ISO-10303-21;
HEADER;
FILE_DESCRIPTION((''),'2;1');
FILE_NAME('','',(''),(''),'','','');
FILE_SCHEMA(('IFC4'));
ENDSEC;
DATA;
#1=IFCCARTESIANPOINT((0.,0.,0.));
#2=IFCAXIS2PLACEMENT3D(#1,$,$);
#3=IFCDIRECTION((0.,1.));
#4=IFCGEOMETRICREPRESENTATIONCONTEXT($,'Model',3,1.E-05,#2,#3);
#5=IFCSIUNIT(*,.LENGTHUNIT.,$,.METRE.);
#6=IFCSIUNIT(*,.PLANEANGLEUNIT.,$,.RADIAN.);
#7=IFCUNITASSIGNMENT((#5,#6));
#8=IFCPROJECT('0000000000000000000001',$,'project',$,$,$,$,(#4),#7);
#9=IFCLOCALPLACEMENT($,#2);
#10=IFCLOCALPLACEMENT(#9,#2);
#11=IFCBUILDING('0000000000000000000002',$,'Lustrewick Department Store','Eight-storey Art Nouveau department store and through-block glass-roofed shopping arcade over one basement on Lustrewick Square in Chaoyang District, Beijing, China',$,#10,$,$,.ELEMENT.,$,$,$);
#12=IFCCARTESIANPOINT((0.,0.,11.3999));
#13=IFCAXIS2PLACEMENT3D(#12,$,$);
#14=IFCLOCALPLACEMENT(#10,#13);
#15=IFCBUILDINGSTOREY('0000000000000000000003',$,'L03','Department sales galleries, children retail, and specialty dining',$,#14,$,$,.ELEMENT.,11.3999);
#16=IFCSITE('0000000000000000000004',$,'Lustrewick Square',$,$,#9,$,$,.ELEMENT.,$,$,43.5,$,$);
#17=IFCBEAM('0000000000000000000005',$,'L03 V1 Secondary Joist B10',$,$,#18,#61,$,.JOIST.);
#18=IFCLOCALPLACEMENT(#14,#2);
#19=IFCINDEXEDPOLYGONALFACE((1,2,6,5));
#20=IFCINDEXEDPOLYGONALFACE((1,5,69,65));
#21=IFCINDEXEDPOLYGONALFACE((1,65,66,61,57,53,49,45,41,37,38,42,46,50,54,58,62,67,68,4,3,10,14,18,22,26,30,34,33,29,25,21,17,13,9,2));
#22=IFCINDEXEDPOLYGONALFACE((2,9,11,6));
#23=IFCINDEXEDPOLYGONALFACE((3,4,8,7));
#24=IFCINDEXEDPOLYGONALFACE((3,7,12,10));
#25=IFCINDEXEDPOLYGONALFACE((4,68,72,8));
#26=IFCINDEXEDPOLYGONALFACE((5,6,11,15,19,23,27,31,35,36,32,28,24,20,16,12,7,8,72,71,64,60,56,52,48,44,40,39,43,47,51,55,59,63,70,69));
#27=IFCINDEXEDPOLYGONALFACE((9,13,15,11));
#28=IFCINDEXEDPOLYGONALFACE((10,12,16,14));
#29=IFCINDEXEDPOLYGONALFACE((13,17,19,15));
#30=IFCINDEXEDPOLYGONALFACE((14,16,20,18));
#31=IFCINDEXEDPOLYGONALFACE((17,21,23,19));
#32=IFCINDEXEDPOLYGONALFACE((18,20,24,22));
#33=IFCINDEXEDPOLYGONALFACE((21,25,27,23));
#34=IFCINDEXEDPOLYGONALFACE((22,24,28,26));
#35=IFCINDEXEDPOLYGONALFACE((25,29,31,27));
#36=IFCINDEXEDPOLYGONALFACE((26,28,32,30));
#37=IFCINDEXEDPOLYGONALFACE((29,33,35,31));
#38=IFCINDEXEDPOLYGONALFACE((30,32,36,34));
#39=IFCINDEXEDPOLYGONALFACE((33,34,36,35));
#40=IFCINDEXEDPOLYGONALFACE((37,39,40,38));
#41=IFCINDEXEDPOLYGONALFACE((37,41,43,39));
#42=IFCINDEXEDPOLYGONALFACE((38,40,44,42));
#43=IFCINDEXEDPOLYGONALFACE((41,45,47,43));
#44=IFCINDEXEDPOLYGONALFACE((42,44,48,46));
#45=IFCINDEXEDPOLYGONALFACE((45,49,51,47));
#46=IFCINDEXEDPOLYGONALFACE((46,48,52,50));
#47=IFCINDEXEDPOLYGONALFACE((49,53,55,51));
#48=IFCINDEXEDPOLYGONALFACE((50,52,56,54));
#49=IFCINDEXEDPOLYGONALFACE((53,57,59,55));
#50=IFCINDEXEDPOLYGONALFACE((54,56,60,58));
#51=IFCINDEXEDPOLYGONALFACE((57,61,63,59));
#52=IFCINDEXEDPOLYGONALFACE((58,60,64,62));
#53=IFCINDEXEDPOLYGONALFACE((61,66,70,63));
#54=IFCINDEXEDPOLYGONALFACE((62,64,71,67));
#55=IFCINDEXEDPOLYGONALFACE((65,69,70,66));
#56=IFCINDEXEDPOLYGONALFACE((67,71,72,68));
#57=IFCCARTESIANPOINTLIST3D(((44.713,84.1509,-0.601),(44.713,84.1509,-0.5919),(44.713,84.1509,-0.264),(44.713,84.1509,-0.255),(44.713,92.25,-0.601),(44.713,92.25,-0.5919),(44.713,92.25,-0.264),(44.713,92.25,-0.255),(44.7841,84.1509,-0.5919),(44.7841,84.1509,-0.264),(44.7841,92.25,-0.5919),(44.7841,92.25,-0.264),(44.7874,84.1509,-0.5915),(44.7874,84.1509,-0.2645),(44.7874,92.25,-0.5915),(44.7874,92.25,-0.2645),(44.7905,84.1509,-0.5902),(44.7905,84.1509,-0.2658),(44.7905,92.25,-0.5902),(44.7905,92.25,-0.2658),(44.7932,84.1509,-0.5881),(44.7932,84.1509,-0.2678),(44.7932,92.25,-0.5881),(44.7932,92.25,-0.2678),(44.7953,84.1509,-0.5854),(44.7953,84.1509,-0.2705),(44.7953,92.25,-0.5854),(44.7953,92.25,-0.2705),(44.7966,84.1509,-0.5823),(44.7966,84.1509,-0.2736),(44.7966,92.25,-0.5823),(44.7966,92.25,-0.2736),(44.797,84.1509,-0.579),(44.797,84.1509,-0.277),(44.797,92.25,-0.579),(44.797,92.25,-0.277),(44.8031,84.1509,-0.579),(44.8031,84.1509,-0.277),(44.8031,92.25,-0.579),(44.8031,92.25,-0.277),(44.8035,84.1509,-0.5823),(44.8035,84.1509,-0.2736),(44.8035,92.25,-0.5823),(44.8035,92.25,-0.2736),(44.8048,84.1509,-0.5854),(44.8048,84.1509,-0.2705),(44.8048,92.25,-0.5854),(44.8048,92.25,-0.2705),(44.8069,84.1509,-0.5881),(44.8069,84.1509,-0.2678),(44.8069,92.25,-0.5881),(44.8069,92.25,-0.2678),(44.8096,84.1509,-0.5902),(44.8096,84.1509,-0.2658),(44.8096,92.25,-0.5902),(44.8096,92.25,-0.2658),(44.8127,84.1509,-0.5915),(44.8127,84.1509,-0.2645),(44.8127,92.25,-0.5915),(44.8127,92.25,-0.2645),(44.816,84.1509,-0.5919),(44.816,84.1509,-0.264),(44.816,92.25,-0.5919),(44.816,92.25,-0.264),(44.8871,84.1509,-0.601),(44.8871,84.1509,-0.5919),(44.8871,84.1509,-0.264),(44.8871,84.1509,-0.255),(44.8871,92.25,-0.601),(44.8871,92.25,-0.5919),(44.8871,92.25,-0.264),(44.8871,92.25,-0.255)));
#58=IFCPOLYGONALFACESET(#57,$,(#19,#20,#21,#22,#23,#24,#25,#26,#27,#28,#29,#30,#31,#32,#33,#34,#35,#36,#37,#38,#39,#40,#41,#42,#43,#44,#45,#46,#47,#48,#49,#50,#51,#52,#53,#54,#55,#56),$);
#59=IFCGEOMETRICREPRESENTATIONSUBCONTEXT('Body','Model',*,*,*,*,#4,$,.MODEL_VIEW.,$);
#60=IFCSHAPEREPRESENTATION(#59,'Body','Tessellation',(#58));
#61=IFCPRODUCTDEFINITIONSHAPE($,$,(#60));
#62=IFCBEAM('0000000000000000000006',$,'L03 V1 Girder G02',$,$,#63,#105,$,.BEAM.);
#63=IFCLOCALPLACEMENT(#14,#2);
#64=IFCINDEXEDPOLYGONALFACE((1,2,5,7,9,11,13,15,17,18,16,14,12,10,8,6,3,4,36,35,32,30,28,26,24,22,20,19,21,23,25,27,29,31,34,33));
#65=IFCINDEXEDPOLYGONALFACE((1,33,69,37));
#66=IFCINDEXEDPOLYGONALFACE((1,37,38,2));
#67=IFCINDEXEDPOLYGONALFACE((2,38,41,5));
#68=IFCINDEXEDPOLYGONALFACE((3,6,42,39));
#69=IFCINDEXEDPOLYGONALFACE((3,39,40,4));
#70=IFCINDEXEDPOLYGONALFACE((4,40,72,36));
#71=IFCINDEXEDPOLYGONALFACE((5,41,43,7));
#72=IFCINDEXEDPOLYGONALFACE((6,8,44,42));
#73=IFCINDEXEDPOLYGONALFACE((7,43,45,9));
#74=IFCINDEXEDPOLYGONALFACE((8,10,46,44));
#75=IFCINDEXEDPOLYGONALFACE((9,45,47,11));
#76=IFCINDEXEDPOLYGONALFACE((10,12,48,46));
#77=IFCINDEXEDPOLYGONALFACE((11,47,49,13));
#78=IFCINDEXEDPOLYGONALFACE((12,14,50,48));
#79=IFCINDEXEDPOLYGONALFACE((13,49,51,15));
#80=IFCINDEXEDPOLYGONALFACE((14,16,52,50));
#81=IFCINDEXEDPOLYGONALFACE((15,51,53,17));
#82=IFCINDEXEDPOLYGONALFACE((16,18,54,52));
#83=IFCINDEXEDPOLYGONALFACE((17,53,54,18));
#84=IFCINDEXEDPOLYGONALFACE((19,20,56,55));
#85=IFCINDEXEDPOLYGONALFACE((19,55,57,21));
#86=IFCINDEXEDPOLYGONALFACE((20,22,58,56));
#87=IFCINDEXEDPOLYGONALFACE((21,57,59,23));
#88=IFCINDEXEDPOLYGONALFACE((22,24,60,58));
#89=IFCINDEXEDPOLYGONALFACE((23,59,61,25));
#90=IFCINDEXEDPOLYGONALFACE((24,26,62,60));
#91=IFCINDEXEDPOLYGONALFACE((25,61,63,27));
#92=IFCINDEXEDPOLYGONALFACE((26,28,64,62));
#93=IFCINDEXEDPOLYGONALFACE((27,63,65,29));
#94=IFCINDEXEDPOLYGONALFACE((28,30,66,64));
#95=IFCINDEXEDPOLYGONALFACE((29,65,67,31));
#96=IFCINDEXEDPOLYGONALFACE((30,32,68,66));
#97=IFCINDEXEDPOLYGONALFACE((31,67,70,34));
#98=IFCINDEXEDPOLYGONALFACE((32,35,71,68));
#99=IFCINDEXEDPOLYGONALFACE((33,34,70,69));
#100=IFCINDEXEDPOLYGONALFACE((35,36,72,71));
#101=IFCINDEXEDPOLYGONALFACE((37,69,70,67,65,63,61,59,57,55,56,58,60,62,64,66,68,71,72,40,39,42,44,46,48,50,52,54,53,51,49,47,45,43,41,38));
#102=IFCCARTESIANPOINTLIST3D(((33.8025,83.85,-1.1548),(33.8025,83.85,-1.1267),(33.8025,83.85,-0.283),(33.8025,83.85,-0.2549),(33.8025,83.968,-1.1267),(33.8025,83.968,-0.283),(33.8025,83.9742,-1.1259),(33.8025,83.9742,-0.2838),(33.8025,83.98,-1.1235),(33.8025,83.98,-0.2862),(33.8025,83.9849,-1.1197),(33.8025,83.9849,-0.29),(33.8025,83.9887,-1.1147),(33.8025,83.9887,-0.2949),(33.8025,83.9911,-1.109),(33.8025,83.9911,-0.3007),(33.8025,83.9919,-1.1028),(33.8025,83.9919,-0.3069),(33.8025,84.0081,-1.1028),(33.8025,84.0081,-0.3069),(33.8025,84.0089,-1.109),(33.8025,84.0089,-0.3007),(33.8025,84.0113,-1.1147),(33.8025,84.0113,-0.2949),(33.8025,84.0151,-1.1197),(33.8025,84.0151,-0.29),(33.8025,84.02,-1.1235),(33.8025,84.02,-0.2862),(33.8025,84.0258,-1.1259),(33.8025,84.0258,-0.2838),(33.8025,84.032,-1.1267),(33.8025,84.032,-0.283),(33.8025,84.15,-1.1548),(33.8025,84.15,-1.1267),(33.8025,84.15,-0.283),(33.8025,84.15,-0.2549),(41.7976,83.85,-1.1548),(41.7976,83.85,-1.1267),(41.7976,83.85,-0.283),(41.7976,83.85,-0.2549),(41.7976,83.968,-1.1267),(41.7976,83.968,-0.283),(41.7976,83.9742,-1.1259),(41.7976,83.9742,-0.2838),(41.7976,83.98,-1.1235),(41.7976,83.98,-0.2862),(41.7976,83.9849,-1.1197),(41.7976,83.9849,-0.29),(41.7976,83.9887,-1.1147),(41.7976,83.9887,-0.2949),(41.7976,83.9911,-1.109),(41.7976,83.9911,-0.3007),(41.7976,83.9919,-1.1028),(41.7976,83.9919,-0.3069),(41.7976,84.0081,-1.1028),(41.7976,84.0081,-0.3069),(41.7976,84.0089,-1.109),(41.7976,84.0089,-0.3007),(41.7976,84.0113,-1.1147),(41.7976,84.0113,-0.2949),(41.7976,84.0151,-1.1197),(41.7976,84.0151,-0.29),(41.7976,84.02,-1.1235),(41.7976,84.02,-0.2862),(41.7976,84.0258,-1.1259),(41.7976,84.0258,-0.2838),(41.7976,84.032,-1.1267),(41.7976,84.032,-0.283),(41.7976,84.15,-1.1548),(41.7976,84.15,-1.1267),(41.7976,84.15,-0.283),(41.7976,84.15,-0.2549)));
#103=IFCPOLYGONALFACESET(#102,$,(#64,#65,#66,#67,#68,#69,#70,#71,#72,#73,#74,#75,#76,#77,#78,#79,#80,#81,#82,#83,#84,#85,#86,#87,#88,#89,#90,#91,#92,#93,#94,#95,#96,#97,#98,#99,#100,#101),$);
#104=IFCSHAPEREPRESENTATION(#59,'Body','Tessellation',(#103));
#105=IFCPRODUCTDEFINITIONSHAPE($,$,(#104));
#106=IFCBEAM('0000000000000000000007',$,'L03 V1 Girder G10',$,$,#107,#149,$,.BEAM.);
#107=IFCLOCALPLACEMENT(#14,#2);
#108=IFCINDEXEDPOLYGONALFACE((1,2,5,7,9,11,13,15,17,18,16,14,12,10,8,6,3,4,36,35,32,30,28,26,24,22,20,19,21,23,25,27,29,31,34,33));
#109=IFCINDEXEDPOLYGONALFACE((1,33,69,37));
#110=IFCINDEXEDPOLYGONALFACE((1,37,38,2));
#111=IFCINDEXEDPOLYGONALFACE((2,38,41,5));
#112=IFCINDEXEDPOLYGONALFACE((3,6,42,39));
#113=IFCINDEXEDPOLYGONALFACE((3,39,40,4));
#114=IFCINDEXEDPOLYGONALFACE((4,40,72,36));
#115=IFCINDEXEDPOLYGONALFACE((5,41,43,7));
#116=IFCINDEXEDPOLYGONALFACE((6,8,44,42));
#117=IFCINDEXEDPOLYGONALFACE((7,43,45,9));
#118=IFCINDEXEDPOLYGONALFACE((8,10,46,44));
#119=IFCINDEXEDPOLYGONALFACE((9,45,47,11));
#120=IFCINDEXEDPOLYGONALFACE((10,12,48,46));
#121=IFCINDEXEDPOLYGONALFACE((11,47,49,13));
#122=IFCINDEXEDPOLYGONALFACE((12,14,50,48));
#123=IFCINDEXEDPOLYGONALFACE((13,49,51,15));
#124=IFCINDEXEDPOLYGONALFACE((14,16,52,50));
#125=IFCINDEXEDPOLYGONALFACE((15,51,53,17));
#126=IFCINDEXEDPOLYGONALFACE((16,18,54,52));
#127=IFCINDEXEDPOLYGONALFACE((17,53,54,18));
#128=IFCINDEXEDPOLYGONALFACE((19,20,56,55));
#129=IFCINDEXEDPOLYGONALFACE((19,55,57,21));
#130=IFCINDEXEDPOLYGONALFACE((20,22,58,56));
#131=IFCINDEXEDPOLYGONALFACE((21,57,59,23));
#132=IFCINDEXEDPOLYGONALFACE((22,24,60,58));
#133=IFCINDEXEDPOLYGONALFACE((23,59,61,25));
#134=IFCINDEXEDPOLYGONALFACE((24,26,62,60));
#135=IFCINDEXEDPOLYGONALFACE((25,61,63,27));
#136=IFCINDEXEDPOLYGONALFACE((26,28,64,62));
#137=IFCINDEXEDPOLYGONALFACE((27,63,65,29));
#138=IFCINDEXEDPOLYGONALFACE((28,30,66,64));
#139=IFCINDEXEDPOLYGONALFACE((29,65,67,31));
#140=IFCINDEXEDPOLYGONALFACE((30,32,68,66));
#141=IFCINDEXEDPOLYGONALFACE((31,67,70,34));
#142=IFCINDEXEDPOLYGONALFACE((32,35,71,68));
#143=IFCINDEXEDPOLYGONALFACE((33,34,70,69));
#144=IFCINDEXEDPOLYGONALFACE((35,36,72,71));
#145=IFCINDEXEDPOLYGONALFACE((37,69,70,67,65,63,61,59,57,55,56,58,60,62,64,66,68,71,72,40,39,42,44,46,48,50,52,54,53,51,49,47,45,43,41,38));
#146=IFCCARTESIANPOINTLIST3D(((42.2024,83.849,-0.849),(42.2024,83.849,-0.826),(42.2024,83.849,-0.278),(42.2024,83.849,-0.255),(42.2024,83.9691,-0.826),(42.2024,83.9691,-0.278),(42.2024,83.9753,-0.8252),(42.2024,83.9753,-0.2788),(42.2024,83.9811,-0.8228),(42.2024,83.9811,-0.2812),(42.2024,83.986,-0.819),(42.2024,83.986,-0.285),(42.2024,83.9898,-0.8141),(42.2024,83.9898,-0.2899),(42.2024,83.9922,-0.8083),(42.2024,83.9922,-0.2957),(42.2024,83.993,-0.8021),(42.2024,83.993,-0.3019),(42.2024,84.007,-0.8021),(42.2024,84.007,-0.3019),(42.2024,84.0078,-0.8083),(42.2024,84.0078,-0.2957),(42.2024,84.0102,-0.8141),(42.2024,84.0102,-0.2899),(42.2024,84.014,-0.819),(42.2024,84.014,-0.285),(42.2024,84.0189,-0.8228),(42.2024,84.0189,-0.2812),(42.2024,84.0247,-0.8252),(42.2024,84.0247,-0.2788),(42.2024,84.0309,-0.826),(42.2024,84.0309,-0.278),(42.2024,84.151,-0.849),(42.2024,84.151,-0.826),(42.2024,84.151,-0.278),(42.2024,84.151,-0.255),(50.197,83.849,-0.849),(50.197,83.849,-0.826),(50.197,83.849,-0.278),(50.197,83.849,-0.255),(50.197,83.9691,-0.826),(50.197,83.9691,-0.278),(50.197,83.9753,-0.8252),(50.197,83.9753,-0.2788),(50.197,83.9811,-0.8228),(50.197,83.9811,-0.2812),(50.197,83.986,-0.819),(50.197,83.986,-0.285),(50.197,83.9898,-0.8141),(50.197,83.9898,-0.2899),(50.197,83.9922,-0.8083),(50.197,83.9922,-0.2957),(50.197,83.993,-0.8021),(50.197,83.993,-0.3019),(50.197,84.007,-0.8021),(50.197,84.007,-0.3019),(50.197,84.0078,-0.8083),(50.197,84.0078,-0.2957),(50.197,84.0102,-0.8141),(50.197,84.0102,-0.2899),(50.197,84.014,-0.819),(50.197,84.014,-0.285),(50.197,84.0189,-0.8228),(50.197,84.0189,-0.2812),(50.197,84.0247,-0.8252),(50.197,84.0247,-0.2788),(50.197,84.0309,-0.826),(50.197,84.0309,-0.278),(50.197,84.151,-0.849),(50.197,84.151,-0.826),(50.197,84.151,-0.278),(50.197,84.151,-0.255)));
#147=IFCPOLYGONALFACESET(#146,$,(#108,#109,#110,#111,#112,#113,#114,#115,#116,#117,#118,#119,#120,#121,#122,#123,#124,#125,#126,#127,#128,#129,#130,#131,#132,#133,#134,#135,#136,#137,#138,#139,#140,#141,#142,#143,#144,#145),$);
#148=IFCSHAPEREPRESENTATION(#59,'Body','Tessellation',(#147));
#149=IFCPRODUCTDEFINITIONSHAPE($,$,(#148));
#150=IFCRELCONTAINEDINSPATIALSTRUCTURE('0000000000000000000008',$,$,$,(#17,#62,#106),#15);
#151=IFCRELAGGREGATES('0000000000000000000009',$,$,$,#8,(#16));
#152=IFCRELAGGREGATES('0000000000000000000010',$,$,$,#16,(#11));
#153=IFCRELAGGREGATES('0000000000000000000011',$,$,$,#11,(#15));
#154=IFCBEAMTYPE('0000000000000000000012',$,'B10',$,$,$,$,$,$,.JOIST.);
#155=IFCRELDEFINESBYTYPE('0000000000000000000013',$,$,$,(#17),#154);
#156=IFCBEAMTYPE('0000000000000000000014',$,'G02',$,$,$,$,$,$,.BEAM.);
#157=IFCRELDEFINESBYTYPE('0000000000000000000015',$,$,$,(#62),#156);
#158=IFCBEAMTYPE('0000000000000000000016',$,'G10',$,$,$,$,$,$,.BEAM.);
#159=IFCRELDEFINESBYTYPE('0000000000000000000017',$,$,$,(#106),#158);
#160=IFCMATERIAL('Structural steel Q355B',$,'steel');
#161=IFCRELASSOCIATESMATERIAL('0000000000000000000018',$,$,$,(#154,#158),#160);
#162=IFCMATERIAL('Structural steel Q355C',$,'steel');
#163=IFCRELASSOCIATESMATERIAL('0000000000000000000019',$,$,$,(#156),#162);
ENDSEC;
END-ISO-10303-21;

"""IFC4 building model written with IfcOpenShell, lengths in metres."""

from ifc_helpers import new_model, si_unit, direction, frame, origin, origin_2d, place, context, subcontext, project, spatial, i_section, extrude, material, material_profile, profile_set, type_object, element, save


model = new_model("IFC4")

# Units and contexts
model_context = context("Model", 3, precision=1e-05, world=origin(), true_north=direction((0.0, 1.0)))
body_context = subcontext(model_context, "Body", "Model", "MODEL_VIEW")
ifc_project = project(units=[si_unit("LENGTHUNIT", "METRE"), si_unit("PLANEANGLEUNIT", "RADIAN")], contexts=[model_context])

# Site, building, storey
site_placement = place(None, origin())
site = spatial("IfcSite", under=ifc_project, at=site_placement, Name="Lustrewick Square", CompositionType="ELEMENT", RefElevation=43.5)
building_placement = place(site_placement, origin())
building = spatial("IfcBuilding", under=site, at=building_placement, Name="Lustrewick Department Store", Description="Eight-storey Art Nouveau department store and through-block glass-roofed shopping arcade over one basement on Lustrewick Square in Chaoyang District, Beijing, China", CompositionType="ELEMENT")
storey_placement = place(building_placement, frame((0.0, 0.0, 11.3999)))
storey = spatial("IfcBuildingStorey", under=building, at=storey_placement, Name="L03", Description="Department sales galleries, children retail, and specialty dining", CompositionType="ELEMENT", Elevation=11.3999)

# Shared definitions
ifc_material_1 = material(Name="Structural steel Q355B", Category="steel")

# Beams
ifc_material_profile_1 = material_profile(ifc_material_1, i_section(OverallWidth=0.1741, OverallDepth=0.3459, WebThickness=0.0061, FlangeThickness=0.009, FilletRadius=0.0129, at=origin_2d()), Name="HN 346x174x6x9")
ifc_profile_set_1 = profile_set([ifc_material_profile_1], Name="Structural steel Q355B")
beam_type_1 = type_object("IfcBeamType", Name="B10", PredefinedType="JOIST", material=ifc_profile_set_1)
beam_1_placement = place(storey_placement, frame((44.8, 84.1509, -0.428), z_axis=(0.0, 1.0, 0.0), x_axis=(-1.0, 0.0, 0.0)))
element("IfcBeam", 1, at=beam_1_placement, inside=storey, type_object=beam_type_1, Name="L03 V1 Secondary Joist B10", PredefinedType="JOIST", context=body_context, shape_type="SweptSolid", body=[
    extrude(i_section(OverallWidth=0.1741, OverallDepth=0.3459, WebThickness=0.0061, FlangeThickness=0.009, FilletRadius=0.0129, at=origin_2d()), origin(), (0.0, 0.0, 1.0), 8.0991),
])
ifc_material_2 = material(Name="Structural steel Q355C", Category="steel")
ifc_material_profile_2 = material_profile(ifc_material_2, i_section(OverallWidth=0.3, OverallDepth=0.8999, WebThickness=0.0161, FlangeThickness=0.0281, FilletRadius=0.0239, at=origin_2d()), Name="HN 900x300x16x28")
ifc_profile_set_2 = profile_set([ifc_material_profile_2], Name="Structural steel Q355C")
beam_type_2 = type_object("IfcBeamType", Name="G02", PredefinedType="BEAM", material=ifc_profile_set_2)
beam_2_placement = place(storey_placement, frame((33.8025, 84.0, -0.7048), z_axis=(1.0, 0.0, 0.0), x_axis=(0.0, 1.0, 0.0)))
element("IfcBeam", 2, at=beam_2_placement, inside=storey, type_object=beam_type_2, Name="L03 V1 Girder G02", PredefinedType="BEAM", context=body_context, shape_type="SweptSolid", body=[
    extrude(i_section(OverallWidth=0.3, OverallDepth=0.8999, WebThickness=0.0161, FlangeThickness=0.0281, FilletRadius=0.0239, at=origin_2d()), origin(), (0.0, 0.0, 1.0), 7.9951),
])
ifc_material_profile_3 = material_profile(ifc_material_1, i_section(OverallWidth=0.302, OverallDepth=0.594, WebThickness=0.0139, FlangeThickness=0.0229, FilletRadius=0.0239, at=origin_2d()), Name="HM 594x302x14x23")
ifc_profile_set_3 = profile_set([ifc_material_profile_3], Name="Structural steel Q355B")
beam_type_3 = type_object("IfcBeamType", Name="G10", PredefinedType="BEAM", material=ifc_profile_set_3)
beam_3_placement = place(storey_placement, frame((42.2024, 84.0, -0.552), z_axis=(1.0, 0.0, 0.0), x_axis=(0.0, 1.0, 0.0)))
element("IfcBeam", 3, at=beam_3_placement, inside=storey, type_object=beam_type_3, Name="L03 V1 Girder G10", PredefinedType="BEAM", context=body_context, shape_type="SweptSolid", body=[
    extrude(i_section(OverallWidth=0.302, OverallDepth=0.594, WebThickness=0.0139, FlangeThickness=0.0229, FilletRadius=0.0239, at=origin_2d()), origin(), (0.0, 0.0, 1.0), 7.9946),
])

save(model, "model.ifc")
